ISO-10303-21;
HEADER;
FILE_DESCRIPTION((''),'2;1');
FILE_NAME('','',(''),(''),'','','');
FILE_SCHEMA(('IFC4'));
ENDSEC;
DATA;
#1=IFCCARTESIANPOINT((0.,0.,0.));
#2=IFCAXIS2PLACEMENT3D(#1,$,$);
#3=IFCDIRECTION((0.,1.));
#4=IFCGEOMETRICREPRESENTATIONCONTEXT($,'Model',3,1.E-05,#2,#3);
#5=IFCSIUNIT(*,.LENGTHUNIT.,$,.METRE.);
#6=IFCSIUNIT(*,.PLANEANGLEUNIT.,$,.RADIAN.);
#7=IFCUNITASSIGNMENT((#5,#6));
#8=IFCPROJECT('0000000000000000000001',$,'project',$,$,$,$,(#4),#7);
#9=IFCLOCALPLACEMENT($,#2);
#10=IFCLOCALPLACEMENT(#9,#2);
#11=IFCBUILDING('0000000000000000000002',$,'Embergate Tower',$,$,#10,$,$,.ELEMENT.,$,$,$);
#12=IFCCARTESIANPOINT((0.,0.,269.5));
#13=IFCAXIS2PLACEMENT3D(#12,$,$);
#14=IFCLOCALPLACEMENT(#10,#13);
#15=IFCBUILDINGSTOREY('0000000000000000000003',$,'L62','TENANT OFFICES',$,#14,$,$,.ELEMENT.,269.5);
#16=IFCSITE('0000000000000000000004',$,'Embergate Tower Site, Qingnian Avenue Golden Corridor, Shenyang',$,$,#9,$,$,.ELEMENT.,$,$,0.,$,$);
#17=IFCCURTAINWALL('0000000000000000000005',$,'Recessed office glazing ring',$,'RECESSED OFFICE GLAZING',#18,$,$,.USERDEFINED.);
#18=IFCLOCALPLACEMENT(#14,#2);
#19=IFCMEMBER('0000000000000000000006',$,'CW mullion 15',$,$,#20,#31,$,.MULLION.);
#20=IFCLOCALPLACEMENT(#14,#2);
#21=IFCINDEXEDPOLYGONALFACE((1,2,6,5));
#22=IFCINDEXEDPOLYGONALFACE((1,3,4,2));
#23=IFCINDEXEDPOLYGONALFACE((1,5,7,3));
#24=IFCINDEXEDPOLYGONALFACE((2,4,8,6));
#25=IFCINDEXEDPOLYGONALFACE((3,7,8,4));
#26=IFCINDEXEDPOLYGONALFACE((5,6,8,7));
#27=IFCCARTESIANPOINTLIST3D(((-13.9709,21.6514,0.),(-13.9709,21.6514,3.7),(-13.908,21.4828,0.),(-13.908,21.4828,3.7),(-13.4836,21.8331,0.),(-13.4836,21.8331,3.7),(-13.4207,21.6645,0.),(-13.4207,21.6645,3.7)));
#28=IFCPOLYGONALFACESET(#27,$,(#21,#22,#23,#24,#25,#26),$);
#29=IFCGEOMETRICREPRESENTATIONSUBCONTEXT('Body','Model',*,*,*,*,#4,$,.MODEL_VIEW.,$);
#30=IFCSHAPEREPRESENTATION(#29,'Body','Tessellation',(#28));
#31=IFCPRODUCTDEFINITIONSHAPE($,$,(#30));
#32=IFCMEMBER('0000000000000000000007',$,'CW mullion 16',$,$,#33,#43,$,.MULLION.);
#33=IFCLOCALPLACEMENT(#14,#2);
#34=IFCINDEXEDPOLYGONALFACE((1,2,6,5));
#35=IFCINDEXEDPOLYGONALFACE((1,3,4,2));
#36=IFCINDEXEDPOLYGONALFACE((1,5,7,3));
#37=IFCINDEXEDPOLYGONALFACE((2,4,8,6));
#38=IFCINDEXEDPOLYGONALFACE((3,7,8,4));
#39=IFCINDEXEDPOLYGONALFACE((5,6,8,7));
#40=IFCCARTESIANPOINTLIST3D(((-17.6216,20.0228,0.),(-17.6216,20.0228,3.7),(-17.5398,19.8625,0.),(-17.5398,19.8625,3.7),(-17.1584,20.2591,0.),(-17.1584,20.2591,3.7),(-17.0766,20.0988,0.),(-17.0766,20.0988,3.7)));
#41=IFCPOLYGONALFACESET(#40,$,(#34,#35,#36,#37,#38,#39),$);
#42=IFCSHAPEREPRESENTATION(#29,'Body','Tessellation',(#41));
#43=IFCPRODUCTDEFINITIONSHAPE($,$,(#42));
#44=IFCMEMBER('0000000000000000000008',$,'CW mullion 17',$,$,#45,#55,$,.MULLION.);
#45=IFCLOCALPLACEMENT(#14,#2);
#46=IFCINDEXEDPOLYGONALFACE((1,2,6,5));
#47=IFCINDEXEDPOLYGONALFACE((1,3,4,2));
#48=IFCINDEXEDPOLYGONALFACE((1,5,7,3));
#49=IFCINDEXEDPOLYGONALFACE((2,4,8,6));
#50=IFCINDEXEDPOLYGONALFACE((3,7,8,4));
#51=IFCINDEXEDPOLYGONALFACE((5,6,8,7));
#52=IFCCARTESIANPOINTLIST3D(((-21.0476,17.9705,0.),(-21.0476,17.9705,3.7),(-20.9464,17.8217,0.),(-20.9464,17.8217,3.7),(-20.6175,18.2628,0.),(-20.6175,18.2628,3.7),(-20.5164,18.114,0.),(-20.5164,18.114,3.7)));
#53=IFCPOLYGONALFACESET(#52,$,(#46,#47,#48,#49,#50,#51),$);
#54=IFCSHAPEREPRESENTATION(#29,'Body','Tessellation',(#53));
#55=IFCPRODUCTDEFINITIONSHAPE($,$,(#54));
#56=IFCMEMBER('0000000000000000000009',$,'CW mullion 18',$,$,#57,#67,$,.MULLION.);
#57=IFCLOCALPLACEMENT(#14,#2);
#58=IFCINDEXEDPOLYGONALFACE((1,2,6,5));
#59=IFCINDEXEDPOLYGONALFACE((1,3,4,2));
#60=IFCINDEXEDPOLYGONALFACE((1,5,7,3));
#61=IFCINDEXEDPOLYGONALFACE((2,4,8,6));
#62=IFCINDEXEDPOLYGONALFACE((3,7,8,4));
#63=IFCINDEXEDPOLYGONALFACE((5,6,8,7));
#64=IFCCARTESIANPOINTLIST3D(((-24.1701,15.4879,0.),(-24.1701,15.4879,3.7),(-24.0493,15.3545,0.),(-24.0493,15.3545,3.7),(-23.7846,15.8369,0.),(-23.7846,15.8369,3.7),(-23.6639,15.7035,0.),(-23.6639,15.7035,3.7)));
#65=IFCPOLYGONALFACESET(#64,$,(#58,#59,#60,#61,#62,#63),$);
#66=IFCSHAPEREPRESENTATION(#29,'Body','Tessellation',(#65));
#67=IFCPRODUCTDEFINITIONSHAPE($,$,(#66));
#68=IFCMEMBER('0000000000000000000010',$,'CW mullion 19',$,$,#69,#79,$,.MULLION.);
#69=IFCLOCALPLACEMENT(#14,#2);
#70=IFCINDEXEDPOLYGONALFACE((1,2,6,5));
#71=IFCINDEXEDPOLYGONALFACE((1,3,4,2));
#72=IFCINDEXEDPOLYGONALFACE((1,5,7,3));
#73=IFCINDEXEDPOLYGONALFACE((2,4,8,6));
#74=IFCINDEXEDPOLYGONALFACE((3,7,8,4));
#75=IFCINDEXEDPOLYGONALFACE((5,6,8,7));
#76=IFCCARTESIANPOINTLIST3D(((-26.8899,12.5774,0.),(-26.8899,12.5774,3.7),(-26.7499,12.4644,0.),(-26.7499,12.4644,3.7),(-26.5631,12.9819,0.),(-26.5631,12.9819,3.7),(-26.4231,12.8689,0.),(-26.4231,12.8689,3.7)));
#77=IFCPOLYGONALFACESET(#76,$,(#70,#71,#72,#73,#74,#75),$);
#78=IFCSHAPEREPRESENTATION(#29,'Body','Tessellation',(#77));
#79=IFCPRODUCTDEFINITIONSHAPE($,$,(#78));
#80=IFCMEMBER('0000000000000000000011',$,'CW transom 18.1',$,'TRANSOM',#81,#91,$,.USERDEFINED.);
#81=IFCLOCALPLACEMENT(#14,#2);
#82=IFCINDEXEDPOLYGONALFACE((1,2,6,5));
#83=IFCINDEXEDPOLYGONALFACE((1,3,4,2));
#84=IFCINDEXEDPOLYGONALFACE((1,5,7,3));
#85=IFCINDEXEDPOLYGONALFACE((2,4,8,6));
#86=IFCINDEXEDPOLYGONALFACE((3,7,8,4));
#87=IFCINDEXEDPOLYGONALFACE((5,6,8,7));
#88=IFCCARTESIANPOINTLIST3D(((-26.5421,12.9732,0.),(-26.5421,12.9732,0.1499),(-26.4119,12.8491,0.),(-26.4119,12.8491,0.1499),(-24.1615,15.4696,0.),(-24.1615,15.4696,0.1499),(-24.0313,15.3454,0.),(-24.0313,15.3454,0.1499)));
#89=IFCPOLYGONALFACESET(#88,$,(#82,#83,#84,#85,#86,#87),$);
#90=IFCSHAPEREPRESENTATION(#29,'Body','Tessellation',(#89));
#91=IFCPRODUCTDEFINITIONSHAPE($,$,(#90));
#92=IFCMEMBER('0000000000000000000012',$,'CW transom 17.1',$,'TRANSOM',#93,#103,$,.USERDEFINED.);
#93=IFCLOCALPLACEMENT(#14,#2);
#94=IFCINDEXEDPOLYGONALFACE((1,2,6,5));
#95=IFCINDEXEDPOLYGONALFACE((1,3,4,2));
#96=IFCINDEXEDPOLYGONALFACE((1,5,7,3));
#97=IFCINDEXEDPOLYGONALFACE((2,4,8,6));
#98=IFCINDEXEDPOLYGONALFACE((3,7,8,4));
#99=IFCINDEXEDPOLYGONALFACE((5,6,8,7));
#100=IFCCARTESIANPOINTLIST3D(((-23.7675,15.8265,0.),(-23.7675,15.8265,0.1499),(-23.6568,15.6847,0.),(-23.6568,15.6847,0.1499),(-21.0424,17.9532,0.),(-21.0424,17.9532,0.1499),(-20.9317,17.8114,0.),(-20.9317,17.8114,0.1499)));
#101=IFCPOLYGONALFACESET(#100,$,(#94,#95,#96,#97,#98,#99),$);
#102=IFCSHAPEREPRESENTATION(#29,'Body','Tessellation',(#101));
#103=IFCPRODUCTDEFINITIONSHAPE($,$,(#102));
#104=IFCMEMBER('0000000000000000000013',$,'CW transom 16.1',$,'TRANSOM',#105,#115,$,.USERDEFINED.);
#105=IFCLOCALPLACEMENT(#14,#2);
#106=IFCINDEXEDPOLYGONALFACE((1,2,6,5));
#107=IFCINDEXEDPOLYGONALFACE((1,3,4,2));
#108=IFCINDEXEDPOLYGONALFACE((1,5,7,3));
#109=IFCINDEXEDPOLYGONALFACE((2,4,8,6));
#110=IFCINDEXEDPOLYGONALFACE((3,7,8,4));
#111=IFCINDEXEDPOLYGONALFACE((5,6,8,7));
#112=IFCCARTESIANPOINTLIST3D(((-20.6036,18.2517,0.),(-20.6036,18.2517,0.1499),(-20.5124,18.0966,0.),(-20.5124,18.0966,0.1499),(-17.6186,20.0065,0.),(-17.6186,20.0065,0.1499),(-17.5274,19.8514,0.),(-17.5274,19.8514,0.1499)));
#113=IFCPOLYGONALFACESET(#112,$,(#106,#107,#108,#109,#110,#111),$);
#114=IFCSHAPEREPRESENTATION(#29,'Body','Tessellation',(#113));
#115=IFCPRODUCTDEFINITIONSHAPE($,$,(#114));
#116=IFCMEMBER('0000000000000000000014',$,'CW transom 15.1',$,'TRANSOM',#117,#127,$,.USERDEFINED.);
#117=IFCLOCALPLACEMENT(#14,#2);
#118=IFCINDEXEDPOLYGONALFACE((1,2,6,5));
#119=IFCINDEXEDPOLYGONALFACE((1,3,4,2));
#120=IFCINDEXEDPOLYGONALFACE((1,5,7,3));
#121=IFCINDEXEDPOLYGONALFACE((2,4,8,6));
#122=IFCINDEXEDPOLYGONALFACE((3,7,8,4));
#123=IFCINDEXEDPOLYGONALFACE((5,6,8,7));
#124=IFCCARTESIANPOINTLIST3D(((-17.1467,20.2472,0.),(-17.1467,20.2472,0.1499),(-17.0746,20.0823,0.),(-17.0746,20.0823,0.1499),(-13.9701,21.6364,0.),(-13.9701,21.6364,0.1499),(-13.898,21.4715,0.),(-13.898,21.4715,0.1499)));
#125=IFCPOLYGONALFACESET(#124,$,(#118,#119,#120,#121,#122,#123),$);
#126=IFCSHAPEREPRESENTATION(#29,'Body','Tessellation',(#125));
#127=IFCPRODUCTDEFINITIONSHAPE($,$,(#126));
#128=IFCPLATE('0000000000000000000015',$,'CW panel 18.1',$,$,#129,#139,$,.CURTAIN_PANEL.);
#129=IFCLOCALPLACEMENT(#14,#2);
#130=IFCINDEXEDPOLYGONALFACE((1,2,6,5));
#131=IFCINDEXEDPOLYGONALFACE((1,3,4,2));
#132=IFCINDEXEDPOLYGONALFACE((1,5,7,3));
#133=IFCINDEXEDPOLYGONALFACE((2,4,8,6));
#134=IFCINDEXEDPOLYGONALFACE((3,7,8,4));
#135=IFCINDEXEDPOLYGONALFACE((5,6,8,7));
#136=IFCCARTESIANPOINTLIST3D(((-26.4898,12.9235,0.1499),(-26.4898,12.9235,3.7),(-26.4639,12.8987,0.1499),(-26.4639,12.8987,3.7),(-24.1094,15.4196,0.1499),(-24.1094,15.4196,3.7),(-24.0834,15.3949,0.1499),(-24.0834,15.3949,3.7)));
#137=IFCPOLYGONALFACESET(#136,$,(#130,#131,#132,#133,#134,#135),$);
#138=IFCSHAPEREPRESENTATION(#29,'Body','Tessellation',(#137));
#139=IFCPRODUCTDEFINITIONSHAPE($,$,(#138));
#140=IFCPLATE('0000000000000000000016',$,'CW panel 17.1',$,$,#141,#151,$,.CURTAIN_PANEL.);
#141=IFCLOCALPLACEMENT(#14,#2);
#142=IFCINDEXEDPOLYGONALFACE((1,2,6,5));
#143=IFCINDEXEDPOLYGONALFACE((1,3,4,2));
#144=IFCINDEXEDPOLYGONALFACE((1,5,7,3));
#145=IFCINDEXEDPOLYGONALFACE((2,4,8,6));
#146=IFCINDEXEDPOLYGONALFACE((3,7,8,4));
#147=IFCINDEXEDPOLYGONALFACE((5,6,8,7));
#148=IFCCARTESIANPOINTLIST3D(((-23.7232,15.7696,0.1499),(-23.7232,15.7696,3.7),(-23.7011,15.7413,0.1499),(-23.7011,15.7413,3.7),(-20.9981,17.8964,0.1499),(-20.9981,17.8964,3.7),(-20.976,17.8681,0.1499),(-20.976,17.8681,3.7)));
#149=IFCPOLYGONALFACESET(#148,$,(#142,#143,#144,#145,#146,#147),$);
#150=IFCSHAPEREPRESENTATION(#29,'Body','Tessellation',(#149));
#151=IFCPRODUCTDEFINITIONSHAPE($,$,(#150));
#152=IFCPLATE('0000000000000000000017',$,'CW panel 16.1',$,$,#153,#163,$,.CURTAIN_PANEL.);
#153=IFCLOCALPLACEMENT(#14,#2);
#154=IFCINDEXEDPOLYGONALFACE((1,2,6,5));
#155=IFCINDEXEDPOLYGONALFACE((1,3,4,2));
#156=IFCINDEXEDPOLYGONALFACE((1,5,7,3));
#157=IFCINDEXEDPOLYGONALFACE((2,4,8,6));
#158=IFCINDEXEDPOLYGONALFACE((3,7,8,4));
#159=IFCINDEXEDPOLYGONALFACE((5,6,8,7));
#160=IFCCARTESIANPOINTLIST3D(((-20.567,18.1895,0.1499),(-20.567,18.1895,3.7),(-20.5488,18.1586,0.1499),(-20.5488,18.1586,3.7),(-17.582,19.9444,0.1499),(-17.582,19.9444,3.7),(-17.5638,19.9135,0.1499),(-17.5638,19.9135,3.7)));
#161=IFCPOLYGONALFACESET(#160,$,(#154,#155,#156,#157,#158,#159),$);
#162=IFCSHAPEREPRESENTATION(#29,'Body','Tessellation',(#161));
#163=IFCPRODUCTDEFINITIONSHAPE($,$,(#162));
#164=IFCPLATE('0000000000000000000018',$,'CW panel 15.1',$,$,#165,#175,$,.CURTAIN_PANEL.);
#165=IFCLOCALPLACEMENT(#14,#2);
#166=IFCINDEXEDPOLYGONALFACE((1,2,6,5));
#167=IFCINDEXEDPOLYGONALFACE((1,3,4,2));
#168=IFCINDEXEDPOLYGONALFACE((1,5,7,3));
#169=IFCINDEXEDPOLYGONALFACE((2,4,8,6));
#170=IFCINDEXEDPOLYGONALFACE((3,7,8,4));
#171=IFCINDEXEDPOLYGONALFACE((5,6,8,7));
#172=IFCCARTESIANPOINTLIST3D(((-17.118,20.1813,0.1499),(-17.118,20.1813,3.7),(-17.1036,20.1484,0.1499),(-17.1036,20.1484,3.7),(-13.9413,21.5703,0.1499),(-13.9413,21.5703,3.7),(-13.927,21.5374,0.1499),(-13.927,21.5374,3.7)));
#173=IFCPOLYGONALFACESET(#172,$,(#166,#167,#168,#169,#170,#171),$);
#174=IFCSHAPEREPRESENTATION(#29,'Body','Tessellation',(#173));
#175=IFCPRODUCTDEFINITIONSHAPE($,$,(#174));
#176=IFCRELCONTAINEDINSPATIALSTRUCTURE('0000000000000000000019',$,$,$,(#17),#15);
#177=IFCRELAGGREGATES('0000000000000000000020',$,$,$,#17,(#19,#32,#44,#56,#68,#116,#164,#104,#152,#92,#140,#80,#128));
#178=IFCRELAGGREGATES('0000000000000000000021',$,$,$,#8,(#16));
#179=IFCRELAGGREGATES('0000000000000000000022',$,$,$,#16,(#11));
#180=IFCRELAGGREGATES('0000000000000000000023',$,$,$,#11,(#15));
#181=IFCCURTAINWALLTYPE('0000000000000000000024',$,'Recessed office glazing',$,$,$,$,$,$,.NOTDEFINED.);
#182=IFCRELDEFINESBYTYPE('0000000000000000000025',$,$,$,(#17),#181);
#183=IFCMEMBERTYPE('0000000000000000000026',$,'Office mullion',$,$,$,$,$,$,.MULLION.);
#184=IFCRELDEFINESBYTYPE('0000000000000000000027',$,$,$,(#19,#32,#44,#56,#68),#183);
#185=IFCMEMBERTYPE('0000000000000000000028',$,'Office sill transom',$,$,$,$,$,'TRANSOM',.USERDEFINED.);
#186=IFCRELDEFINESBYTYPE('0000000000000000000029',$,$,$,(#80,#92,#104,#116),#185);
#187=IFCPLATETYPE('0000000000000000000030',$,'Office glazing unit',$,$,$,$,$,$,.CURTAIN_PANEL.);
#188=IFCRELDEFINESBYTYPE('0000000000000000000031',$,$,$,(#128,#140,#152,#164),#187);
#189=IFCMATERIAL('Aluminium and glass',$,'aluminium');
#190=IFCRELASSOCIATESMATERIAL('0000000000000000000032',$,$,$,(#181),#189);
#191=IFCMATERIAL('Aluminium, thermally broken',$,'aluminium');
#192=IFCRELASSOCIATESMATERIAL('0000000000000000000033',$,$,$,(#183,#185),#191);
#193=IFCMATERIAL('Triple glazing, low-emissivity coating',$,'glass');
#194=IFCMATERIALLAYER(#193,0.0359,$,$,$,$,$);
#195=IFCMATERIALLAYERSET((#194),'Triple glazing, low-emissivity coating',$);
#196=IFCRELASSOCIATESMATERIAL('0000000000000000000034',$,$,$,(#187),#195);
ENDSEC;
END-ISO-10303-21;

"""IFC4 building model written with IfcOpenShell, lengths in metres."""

from ifc_helpers import new_model, si_unit, direction, frame, origin, origin_2d, place, context, subcontext, project, spatial, rectangle, extrude, source, transform, mapped, material, layer, layer_set, material_profile, profile_set, type_object, element, aggregate, save


model = new_model("IFC4")

# Units and contexts
model_context = context("Model", 3, precision=1e-05, world=origin(), true_north=direction((0.0, 1.0)))
body_context = subcontext(model_context, "Body", "Model", "MODEL_VIEW")
ifc_project = project(units=[si_unit("LENGTHUNIT", "METRE"), si_unit("PLANEANGLEUNIT", "RADIAN")], contexts=[model_context])

# Site, building, storey
site_placement = place(None, origin())
site = spatial("IfcSite", under=ifc_project, at=site_placement, Name="Embergate Tower Site, Qingnian Avenue Golden Corridor, Shenyang", CompositionType="ELEMENT", RefElevation=0.0)
building_placement = place(site_placement, origin())
building = spatial("IfcBuilding", under=site, at=building_placement, Name="Embergate Tower", CompositionType="ELEMENT")
storey_placement = place(building_placement, frame((0.0, 0.0, 269.5)))
storey = spatial("IfcBuildingStorey", under=building, at=storey_placement, Name="L62", Description="TENANT OFFICES", CompositionType="ELEMENT", Elevation=269.5)

# Curtain wall, members, plates
ifc_material_1 = material(Name="Aluminium and glass", Category="aluminium")
curtain_wall_type = type_object("IfcCurtainWallType", Name="Recessed office glazing", PredefinedType="NOTDEFINED", material=ifc_material_1)
curtain_wall_placement = place(storey_placement, origin())
curtain_wall = element("IfcCurtainWall", 1, at=curtain_wall_placement, inside=storey, type_object=curtain_wall_type, Name="Recessed office glazing ring", ObjectType="RECESSED OFFICE GLAZING", PredefinedType="USERDEFINED")
ifc_material_2 = material(Name="Aluminium, thermally broken", Category="aluminium")
ifc_material_profile_1 = material_profile(ifc_material_2, rectangle(XDim=0.1799, YDim=0.52, at=origin_2d()), Name="AL 520x180")
ifc_profile_set_1 = profile_set([ifc_material_profile_1], Name="Aluminium, thermally broken")
member_type_1 = type_object("IfcMemberType", Name="Office mullion", PredefinedType="MULLION", material=ifc_profile_set_1)
shared_shape_1 = source(origin(), body_context, "Body", "SweptSolid", [
    extrude(rectangle(XDim=0.1799, YDim=0.52, at=origin_2d()), origin(), (0.0, 0.0, 1.0), 3.7),
])
member_1_placement = place(storey_placement, frame((-13.6958, 21.658, 0.0), z_axis=(0.0, 0.0, 1.0), x_axis=(0.349496, -0.936938, 0.0)))
member_1 = element("IfcMember", 2, at=member_1_placement, type_object=member_type_1, Name="CW mullion 15", PredefinedType="MULLION", context=body_context, shape_type="MappedRepresentation", body=[
    mapped(shared_shape_1, transform((0.0, 0.0, 0.0))),
])
member_2_placement = place(storey_placement, frame((-17.3491, 20.0608, 0.0), z_axis=(0.0, 0.0, 1.0), x_axis=(0.454504, -0.890745, 0.0)))
member_2 = element("IfcMember", 3, at=member_2_placement, type_object=member_type_1, Name="CW mullion 16", PredefinedType="MULLION", context=body_context, shape_type="MappedRepresentation", body=[
    mapped(shared_shape_1, transform((0.0, 0.0, 0.0))),
])
member_3_placement = place(storey_placement, frame((-20.782, 18.0422, 0.0), z_axis=(0.0, 0.0, 1.0), x_axis=(0.562208, -0.826996, 0.0)))
member_3 = element("IfcMember", 4, at=member_3_placement, type_object=member_type_1, Name="CW mullion 17", PredefinedType="MULLION", context=body_context, shape_type="MappedRepresentation", body=[
    mapped(shared_shape_1, transform((0.0, 0.0, 0.0))),
])
member_4_placement = place(storey_placement, frame((-23.917, 15.5957, 0.0), z_axis=(0.0, 0.0, 1.0), x_axis=(0.671216, -0.741262, 0.0)))
member_4 = element("IfcMember", 5, at=member_4_placement, type_object=member_type_1, Name="CW mullion 18", PredefinedType="MULLION", context=body_context, shape_type="MappedRepresentation", body=[
    mapped(shared_shape_1, transform((0.0, 0.0, 0.0))),
])
member_5_placement = place(storey_placement, frame((-26.6565, 12.7231, 0.0), z_axis=(0.0, 0.0, 1.0), x_axis=(0.777862, -0.628436, 0.0)))
member_5 = element("IfcMember", 6, at=member_5_placement, type_object=member_type_1, Name="CW mullion 19", PredefinedType="MULLION", context=body_context, shape_type="MappedRepresentation", body=[
    mapped(shared_shape_1, transform((0.0, 0.0, 0.0))),
])
ifc_material_profile_2 = material_profile(ifc_material_2, rectangle(XDim=0.1799, YDim=0.1499, at=origin_2d()), Name="AL 150x180")
ifc_profile_set_2 = profile_set([ifc_material_profile_2], Name="Aluminium, thermally broken")
member_type_2 = type_object("IfcMemberType", Name="Office sill transom", ElementType="TRANSOM", PredefinedType="USERDEFINED", material=ifc_profile_set_2)
shared_shape_2 = source(origin(), body_context, "Body", "SweptSolid", [
    extrude(rectangle(XDim=0.1799, YDim=0.1499, at=origin_2d()), origin(), (0.0, 0.0, 1.0), 3.4495),
])
member_6_placement = place(storey_placement, frame((-24.0964, 15.4075, 0.075), z_axis=(-0.690134, -0.723682, 0.0), x_axis=(0.723682, -0.690134, 0.0)))
member_6 = element("IfcMember", 7, at=member_6_placement, type_object=member_type_2, Name="CW transom 18.1", ObjectType="TRANSOM", PredefinedType="USERDEFINED", context=body_context, shape_type="MappedRepresentation", body=[
    mapped(shared_shape_2, transform((0.0, 0.0, 0.0))),
])
shared_shape_3 = source(origin(), body_context, "Body", "SweptSolid", [
    extrude(rectangle(XDim=0.1799, YDim=0.1499, at=origin_2d()), origin(), (0.0, 0.0, 1.0), 3.4568),
])
member_7_placement = place(storey_placement, frame((-20.9871, 17.8823, 0.075), z_axis=(-0.788343, -0.615236, 0.0), x_axis=(0.615236, -0.788343, 0.0)))
member_7 = element("IfcMember", 8, at=member_7_placement, type_object=member_type_2, Name="CW transom 17.1", ObjectType="TRANSOM", PredefinedType="USERDEFINED", context=body_context, shape_type="MappedRepresentation", body=[
    mapped(shared_shape_3, transform((0.0, 0.0, 0.0))),
])
shared_shape_4 = source(origin(), body_context, "Body", "SweptSolid", [
    extrude(rectangle(XDim=0.1799, YDim=0.1499, at=origin_2d()), origin(), (0.0, 0.0, 1.0), 3.4626),
])
member_8_placement = place(storey_placement, frame((-17.573, 19.929, 0.075), z_axis=(-0.862068, -0.506792, 0.0), x_axis=(0.506792, -0.862068, 0.0)))
member_8 = element("IfcMember", 9, at=member_8_placement, type_object=member_type_2, Name="CW transom 16.1", ObjectType="TRANSOM", PredefinedType="USERDEFINED", context=body_context, shape_type="MappedRepresentation", body=[
    mapped(shared_shape_4, transform((0.0, 0.0, 0.0))),
])
shared_shape_5 = source(origin(), body_context, "Body", "SweptSolid", [
    extrude(rectangle(XDim=0.1799, YDim=0.1499, at=origin_2d()), origin(), (0.0, 0.0, 1.0), 3.467),
])
member_9_placement = place(storey_placement, frame((-13.9341, 21.554, 0.075), z_axis=(-0.916217, -0.400682, 0.0), x_axis=(0.400682, -0.916217, 0.0)))
member_9 = element("IfcMember", 10, at=member_9_placement, type_object=member_type_2, Name="CW transom 15.1", ObjectType="TRANSOM", PredefinedType="USERDEFINED", context=body_context, shape_type="MappedRepresentation", body=[
    mapped(shared_shape_5, transform((0.0, 0.0, 0.0))),
])
ifc_material_3 = material(Name="Triple glazing, low-emissivity coating", Category="glass")
ifc_layer_1 = layer(ifc_material_3, 0.0359)
ifc_layer_set_1 = layer_set([ifc_layer_1], Name="Triple glazing, low-emissivity coating")
plate_type = type_object("IfcPlateType", Name="Office glazing unit", PredefinedType="CURTAIN_PANEL", material=ifc_layer_set_1)
shared_shape_6 = source(origin(), body_context, "Body", "SweptSolid", [
    extrude(rectangle(XDim=3.4492, YDim=0.0359, at=origin_2d()), origin(), (0.0, 0.0, 1.0), 3.55),
])
plate_1_placement = place(storey_placement, frame((-25.2866, 14.1592, 0.1499), z_axis=(0.0, 0.0, 1.0), x_axis=(-0.690139, -0.723677, 0.0)))
plate_1 = element("IfcPlate", 11, at=plate_1_placement, type_object=plate_type, Name="CW panel 18.1", PredefinedType="CURTAIN_PANEL", context=body_context, shape_type="MappedRepresentation", body=[
    mapped(shared_shape_6, transform((0.0, 0.0, 0.0))),
])
shared_shape_7 = source(origin(), body_context, "Body", "SweptSolid", [
    extrude(rectangle(XDim=3.4568, YDim=0.0359, at=origin_2d()), origin(), (0.0, 0.0, 1.0), 3.55),
])
plate_2_placement = place(storey_placement, frame((-22.3496, 16.8188, 0.1499), z_axis=(0.0, 0.0, 1.0), x_axis=(-0.788323, -0.615261, 0.0)))
plate_2 = element("IfcPlate", 12, at=plate_2_placement, type_object=plate_type, Name="CW panel 17.1", PredefinedType="CURTAIN_PANEL", context=body_context, shape_type="MappedRepresentation", body=[
    mapped(shared_shape_7, transform((0.0, 0.0, 0.0))),
])
shared_shape_8 = source(origin(), body_context, "Body", "SweptSolid", [
    extrude(rectangle(XDim=3.4626, YDim=0.0359, at=origin_2d()), origin(), (0.0, 0.0, 1.0), 3.55),
])
plate_3_placement = place(storey_placement, frame((-19.0654, 19.0515, 0.1499), z_axis=(0.0, 0.0, 1.0), x_axis=(-0.862055, -0.506815, 0.0)))
plate_3 = element("IfcPlate", 13, at=plate_3_placement, type_object=plate_type, Name="CW panel 16.1", PredefinedType="CURTAIN_PANEL", context=body_context, shape_type="MappedRepresentation", body=[
    mapped(shared_shape_8, transform((0.0, 0.0, 0.0))),
])
shared_shape_9 = source(origin(), body_context, "Body", "SweptSolid", [
    extrude(rectangle(XDim=3.467, YDim=0.0359, at=origin_2d()), origin(), (0.0, 0.0, 1.0), 3.55),
])
plate_4_placement = place(storey_placement, frame((-15.5225, 20.8594, 0.1499), z_axis=(0.0, 0.0, 1.0), x_axis=(-0.916238, -0.400635, 0.0)))
plate_4 = element("IfcPlate", 14, at=plate_4_placement, type_object=plate_type, Name="CW panel 15.1", PredefinedType="CURTAIN_PANEL", context=body_context, shape_type="MappedRepresentation", body=[
    mapped(shared_shape_9, transform((0.0, 0.0, 0.0))),
])
aggregate(curtain_wall, [member_1, member_2, member_3, member_4, member_5, member_9, plate_4, member_8, plate_3, member_7, plate_2, member_6, plate_1])

save(model, "model.ifc")
